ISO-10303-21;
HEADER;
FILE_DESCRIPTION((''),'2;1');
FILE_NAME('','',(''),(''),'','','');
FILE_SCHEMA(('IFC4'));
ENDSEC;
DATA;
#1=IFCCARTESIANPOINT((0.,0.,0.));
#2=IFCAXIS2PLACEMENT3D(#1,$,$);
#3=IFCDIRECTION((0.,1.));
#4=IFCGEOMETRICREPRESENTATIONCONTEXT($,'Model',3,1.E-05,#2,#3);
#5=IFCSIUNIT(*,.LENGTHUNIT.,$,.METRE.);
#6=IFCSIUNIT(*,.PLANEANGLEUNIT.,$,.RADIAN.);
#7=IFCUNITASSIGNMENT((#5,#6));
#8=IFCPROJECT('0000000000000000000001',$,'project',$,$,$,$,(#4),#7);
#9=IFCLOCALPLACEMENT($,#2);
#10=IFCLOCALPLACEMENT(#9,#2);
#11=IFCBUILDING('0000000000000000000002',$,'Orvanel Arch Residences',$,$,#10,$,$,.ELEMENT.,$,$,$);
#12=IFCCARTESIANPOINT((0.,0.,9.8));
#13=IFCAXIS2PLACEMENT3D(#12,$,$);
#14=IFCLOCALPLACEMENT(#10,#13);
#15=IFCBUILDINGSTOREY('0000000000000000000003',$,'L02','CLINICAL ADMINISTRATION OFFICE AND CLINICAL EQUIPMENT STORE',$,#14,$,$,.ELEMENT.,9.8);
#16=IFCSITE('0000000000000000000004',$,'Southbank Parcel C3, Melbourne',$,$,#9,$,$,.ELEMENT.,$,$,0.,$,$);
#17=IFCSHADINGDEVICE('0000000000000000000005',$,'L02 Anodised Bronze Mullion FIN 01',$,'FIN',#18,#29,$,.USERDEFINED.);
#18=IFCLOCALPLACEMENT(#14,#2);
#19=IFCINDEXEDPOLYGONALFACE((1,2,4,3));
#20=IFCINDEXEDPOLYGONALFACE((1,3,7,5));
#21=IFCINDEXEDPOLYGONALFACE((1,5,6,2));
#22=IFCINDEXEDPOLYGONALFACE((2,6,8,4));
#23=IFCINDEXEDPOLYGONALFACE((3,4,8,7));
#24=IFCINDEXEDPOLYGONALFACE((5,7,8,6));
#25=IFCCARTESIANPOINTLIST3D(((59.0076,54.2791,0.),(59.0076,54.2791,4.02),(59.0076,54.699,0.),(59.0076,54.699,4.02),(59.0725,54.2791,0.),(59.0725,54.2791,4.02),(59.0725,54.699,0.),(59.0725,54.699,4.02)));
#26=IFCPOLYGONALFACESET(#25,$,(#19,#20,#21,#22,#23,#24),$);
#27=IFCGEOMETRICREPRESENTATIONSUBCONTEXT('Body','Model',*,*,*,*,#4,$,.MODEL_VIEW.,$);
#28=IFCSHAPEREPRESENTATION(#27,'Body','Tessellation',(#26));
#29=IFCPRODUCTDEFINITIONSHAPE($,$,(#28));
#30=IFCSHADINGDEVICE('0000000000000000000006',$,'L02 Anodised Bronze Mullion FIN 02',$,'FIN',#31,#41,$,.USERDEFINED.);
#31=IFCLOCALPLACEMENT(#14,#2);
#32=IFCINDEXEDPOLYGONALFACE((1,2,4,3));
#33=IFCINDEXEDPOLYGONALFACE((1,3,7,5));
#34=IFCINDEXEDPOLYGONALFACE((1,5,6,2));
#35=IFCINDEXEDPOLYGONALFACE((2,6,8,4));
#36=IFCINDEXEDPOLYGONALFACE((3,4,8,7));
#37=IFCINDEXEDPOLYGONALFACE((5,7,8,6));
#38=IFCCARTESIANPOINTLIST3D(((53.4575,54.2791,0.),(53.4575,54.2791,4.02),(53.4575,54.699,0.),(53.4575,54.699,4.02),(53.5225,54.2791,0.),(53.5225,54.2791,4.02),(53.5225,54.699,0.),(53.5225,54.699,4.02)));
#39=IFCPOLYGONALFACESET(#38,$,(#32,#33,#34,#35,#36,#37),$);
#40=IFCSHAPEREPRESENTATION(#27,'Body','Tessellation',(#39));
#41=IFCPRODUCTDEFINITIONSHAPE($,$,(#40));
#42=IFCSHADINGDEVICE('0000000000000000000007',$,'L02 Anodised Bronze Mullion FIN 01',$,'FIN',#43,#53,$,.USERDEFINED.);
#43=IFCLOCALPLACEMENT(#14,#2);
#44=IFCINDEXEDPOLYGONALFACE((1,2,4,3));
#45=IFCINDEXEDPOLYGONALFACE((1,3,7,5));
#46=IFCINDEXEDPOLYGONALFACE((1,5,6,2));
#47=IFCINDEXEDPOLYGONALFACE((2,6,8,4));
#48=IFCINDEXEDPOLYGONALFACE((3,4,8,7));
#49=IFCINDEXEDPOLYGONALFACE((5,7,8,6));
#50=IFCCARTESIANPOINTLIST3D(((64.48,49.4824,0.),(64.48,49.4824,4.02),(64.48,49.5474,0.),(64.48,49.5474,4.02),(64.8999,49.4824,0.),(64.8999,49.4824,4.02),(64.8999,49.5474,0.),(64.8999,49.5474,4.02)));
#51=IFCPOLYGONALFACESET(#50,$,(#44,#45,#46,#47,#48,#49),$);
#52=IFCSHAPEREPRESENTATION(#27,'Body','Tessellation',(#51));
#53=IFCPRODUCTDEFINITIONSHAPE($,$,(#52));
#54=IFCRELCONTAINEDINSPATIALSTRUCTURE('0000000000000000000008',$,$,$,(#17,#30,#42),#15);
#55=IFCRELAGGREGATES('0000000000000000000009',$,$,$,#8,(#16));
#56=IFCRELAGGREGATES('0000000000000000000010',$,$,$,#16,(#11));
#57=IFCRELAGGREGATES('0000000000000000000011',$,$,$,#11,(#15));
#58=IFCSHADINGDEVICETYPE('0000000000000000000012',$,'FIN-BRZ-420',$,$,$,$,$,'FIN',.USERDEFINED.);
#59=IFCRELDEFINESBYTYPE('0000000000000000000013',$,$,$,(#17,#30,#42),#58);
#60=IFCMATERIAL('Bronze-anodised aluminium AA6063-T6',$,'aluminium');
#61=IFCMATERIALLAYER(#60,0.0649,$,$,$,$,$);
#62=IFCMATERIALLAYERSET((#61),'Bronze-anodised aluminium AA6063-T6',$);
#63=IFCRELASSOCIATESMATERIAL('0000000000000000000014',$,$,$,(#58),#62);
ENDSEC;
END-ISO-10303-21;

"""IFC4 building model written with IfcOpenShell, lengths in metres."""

from ifc_helpers import new_model, si_unit, direction, frame, origin, origin_2d, place, context, subcontext, project, spatial, rectangle, extrude, material, layer, layer_set, type_object, element, save


model = new_model("IFC4")

# Units and contexts
model_context = context("Model", 3, precision=1e-05, world=origin(), true_north=direction((0.0, 1.0)))
body_context = subcontext(model_context, "Body", "Model", "MODEL_VIEW")
ifc_project = project(units=[si_unit("LENGTHUNIT", "METRE"), si_unit("PLANEANGLEUNIT", "RADIAN")], contexts=[model_context])

# Site, building, storey
site_placement = place(None, origin())
site = spatial("IfcSite", under=ifc_project, at=site_placement, Name="Southbank Parcel C3, Melbourne", CompositionType="ELEMENT", RefElevation=0.0)
building_placement = place(site_placement, origin())
building = spatial("IfcBuilding", under=site, at=building_placement, Name="Orvanel Arch Residences", CompositionType="ELEMENT")
storey_placement = place(building_placement, frame((0.0, 0.0, 9.8)))
storey = spatial("IfcBuildingStorey", under=building, at=storey_placement, Name="L02", Description="CLINICAL ADMINISTRATION OFFICE AND CLINICAL EQUIPMENT STORE", CompositionType="ELEMENT", Elevation=9.8)

# Shared definitions
ifc_material_1 = material(Name="Bronze-anodised aluminium AA6063-T6", Category="aluminium")

# Shading devices
ifc_layer_1 = layer(ifc_material_1, 0.0649)
ifc_layer_set_1 = layer_set([ifc_layer_1], Name="Bronze-anodised aluminium AA6063-T6")
shading_device_type = type_object("IfcShadingDeviceType", Name="FIN-BRZ-420", ElementType="FIN", PredefinedType="USERDEFINED", material=ifc_layer_set_1)
for number, where, z_axis, x_axis, name in (
    (1, (59.04, 54.489, 0.0), (0.0, 0.0, 1.0), (0.0, 1.0, 0.0), "L02 Anodised Bronze Mullion FIN 01"),
    (2, (53.49, 54.489, 0.0), (0.0, 0.0, 1.0), (0.0, 1.0, 0.0), "L02 Anodised Bronze Mullion FIN 02"),
    (3, (64.6899, 49.5149, 0.0), (0.0, 0.0, 1.0), (1.0, 0.0, 0.0), "L02 Anodised Bronze Mullion FIN 01"),
):
    element("IfcShadingDevice", number, at=place(storey_placement, frame(where, z_axis=z_axis, x_axis=x_axis)), inside=storey, type_object=shading_device_type, Name=name, ObjectType="FIN", PredefinedType="USERDEFINED", context=body_context, shape_type="SweptSolid", body=[
        extrude(rectangle(XDim=0.4199, YDim=0.0649, at=origin_2d()), origin(), (0.0, 0.0, 1.0), 4.02),
    ])

save(model, "model.ifc")
